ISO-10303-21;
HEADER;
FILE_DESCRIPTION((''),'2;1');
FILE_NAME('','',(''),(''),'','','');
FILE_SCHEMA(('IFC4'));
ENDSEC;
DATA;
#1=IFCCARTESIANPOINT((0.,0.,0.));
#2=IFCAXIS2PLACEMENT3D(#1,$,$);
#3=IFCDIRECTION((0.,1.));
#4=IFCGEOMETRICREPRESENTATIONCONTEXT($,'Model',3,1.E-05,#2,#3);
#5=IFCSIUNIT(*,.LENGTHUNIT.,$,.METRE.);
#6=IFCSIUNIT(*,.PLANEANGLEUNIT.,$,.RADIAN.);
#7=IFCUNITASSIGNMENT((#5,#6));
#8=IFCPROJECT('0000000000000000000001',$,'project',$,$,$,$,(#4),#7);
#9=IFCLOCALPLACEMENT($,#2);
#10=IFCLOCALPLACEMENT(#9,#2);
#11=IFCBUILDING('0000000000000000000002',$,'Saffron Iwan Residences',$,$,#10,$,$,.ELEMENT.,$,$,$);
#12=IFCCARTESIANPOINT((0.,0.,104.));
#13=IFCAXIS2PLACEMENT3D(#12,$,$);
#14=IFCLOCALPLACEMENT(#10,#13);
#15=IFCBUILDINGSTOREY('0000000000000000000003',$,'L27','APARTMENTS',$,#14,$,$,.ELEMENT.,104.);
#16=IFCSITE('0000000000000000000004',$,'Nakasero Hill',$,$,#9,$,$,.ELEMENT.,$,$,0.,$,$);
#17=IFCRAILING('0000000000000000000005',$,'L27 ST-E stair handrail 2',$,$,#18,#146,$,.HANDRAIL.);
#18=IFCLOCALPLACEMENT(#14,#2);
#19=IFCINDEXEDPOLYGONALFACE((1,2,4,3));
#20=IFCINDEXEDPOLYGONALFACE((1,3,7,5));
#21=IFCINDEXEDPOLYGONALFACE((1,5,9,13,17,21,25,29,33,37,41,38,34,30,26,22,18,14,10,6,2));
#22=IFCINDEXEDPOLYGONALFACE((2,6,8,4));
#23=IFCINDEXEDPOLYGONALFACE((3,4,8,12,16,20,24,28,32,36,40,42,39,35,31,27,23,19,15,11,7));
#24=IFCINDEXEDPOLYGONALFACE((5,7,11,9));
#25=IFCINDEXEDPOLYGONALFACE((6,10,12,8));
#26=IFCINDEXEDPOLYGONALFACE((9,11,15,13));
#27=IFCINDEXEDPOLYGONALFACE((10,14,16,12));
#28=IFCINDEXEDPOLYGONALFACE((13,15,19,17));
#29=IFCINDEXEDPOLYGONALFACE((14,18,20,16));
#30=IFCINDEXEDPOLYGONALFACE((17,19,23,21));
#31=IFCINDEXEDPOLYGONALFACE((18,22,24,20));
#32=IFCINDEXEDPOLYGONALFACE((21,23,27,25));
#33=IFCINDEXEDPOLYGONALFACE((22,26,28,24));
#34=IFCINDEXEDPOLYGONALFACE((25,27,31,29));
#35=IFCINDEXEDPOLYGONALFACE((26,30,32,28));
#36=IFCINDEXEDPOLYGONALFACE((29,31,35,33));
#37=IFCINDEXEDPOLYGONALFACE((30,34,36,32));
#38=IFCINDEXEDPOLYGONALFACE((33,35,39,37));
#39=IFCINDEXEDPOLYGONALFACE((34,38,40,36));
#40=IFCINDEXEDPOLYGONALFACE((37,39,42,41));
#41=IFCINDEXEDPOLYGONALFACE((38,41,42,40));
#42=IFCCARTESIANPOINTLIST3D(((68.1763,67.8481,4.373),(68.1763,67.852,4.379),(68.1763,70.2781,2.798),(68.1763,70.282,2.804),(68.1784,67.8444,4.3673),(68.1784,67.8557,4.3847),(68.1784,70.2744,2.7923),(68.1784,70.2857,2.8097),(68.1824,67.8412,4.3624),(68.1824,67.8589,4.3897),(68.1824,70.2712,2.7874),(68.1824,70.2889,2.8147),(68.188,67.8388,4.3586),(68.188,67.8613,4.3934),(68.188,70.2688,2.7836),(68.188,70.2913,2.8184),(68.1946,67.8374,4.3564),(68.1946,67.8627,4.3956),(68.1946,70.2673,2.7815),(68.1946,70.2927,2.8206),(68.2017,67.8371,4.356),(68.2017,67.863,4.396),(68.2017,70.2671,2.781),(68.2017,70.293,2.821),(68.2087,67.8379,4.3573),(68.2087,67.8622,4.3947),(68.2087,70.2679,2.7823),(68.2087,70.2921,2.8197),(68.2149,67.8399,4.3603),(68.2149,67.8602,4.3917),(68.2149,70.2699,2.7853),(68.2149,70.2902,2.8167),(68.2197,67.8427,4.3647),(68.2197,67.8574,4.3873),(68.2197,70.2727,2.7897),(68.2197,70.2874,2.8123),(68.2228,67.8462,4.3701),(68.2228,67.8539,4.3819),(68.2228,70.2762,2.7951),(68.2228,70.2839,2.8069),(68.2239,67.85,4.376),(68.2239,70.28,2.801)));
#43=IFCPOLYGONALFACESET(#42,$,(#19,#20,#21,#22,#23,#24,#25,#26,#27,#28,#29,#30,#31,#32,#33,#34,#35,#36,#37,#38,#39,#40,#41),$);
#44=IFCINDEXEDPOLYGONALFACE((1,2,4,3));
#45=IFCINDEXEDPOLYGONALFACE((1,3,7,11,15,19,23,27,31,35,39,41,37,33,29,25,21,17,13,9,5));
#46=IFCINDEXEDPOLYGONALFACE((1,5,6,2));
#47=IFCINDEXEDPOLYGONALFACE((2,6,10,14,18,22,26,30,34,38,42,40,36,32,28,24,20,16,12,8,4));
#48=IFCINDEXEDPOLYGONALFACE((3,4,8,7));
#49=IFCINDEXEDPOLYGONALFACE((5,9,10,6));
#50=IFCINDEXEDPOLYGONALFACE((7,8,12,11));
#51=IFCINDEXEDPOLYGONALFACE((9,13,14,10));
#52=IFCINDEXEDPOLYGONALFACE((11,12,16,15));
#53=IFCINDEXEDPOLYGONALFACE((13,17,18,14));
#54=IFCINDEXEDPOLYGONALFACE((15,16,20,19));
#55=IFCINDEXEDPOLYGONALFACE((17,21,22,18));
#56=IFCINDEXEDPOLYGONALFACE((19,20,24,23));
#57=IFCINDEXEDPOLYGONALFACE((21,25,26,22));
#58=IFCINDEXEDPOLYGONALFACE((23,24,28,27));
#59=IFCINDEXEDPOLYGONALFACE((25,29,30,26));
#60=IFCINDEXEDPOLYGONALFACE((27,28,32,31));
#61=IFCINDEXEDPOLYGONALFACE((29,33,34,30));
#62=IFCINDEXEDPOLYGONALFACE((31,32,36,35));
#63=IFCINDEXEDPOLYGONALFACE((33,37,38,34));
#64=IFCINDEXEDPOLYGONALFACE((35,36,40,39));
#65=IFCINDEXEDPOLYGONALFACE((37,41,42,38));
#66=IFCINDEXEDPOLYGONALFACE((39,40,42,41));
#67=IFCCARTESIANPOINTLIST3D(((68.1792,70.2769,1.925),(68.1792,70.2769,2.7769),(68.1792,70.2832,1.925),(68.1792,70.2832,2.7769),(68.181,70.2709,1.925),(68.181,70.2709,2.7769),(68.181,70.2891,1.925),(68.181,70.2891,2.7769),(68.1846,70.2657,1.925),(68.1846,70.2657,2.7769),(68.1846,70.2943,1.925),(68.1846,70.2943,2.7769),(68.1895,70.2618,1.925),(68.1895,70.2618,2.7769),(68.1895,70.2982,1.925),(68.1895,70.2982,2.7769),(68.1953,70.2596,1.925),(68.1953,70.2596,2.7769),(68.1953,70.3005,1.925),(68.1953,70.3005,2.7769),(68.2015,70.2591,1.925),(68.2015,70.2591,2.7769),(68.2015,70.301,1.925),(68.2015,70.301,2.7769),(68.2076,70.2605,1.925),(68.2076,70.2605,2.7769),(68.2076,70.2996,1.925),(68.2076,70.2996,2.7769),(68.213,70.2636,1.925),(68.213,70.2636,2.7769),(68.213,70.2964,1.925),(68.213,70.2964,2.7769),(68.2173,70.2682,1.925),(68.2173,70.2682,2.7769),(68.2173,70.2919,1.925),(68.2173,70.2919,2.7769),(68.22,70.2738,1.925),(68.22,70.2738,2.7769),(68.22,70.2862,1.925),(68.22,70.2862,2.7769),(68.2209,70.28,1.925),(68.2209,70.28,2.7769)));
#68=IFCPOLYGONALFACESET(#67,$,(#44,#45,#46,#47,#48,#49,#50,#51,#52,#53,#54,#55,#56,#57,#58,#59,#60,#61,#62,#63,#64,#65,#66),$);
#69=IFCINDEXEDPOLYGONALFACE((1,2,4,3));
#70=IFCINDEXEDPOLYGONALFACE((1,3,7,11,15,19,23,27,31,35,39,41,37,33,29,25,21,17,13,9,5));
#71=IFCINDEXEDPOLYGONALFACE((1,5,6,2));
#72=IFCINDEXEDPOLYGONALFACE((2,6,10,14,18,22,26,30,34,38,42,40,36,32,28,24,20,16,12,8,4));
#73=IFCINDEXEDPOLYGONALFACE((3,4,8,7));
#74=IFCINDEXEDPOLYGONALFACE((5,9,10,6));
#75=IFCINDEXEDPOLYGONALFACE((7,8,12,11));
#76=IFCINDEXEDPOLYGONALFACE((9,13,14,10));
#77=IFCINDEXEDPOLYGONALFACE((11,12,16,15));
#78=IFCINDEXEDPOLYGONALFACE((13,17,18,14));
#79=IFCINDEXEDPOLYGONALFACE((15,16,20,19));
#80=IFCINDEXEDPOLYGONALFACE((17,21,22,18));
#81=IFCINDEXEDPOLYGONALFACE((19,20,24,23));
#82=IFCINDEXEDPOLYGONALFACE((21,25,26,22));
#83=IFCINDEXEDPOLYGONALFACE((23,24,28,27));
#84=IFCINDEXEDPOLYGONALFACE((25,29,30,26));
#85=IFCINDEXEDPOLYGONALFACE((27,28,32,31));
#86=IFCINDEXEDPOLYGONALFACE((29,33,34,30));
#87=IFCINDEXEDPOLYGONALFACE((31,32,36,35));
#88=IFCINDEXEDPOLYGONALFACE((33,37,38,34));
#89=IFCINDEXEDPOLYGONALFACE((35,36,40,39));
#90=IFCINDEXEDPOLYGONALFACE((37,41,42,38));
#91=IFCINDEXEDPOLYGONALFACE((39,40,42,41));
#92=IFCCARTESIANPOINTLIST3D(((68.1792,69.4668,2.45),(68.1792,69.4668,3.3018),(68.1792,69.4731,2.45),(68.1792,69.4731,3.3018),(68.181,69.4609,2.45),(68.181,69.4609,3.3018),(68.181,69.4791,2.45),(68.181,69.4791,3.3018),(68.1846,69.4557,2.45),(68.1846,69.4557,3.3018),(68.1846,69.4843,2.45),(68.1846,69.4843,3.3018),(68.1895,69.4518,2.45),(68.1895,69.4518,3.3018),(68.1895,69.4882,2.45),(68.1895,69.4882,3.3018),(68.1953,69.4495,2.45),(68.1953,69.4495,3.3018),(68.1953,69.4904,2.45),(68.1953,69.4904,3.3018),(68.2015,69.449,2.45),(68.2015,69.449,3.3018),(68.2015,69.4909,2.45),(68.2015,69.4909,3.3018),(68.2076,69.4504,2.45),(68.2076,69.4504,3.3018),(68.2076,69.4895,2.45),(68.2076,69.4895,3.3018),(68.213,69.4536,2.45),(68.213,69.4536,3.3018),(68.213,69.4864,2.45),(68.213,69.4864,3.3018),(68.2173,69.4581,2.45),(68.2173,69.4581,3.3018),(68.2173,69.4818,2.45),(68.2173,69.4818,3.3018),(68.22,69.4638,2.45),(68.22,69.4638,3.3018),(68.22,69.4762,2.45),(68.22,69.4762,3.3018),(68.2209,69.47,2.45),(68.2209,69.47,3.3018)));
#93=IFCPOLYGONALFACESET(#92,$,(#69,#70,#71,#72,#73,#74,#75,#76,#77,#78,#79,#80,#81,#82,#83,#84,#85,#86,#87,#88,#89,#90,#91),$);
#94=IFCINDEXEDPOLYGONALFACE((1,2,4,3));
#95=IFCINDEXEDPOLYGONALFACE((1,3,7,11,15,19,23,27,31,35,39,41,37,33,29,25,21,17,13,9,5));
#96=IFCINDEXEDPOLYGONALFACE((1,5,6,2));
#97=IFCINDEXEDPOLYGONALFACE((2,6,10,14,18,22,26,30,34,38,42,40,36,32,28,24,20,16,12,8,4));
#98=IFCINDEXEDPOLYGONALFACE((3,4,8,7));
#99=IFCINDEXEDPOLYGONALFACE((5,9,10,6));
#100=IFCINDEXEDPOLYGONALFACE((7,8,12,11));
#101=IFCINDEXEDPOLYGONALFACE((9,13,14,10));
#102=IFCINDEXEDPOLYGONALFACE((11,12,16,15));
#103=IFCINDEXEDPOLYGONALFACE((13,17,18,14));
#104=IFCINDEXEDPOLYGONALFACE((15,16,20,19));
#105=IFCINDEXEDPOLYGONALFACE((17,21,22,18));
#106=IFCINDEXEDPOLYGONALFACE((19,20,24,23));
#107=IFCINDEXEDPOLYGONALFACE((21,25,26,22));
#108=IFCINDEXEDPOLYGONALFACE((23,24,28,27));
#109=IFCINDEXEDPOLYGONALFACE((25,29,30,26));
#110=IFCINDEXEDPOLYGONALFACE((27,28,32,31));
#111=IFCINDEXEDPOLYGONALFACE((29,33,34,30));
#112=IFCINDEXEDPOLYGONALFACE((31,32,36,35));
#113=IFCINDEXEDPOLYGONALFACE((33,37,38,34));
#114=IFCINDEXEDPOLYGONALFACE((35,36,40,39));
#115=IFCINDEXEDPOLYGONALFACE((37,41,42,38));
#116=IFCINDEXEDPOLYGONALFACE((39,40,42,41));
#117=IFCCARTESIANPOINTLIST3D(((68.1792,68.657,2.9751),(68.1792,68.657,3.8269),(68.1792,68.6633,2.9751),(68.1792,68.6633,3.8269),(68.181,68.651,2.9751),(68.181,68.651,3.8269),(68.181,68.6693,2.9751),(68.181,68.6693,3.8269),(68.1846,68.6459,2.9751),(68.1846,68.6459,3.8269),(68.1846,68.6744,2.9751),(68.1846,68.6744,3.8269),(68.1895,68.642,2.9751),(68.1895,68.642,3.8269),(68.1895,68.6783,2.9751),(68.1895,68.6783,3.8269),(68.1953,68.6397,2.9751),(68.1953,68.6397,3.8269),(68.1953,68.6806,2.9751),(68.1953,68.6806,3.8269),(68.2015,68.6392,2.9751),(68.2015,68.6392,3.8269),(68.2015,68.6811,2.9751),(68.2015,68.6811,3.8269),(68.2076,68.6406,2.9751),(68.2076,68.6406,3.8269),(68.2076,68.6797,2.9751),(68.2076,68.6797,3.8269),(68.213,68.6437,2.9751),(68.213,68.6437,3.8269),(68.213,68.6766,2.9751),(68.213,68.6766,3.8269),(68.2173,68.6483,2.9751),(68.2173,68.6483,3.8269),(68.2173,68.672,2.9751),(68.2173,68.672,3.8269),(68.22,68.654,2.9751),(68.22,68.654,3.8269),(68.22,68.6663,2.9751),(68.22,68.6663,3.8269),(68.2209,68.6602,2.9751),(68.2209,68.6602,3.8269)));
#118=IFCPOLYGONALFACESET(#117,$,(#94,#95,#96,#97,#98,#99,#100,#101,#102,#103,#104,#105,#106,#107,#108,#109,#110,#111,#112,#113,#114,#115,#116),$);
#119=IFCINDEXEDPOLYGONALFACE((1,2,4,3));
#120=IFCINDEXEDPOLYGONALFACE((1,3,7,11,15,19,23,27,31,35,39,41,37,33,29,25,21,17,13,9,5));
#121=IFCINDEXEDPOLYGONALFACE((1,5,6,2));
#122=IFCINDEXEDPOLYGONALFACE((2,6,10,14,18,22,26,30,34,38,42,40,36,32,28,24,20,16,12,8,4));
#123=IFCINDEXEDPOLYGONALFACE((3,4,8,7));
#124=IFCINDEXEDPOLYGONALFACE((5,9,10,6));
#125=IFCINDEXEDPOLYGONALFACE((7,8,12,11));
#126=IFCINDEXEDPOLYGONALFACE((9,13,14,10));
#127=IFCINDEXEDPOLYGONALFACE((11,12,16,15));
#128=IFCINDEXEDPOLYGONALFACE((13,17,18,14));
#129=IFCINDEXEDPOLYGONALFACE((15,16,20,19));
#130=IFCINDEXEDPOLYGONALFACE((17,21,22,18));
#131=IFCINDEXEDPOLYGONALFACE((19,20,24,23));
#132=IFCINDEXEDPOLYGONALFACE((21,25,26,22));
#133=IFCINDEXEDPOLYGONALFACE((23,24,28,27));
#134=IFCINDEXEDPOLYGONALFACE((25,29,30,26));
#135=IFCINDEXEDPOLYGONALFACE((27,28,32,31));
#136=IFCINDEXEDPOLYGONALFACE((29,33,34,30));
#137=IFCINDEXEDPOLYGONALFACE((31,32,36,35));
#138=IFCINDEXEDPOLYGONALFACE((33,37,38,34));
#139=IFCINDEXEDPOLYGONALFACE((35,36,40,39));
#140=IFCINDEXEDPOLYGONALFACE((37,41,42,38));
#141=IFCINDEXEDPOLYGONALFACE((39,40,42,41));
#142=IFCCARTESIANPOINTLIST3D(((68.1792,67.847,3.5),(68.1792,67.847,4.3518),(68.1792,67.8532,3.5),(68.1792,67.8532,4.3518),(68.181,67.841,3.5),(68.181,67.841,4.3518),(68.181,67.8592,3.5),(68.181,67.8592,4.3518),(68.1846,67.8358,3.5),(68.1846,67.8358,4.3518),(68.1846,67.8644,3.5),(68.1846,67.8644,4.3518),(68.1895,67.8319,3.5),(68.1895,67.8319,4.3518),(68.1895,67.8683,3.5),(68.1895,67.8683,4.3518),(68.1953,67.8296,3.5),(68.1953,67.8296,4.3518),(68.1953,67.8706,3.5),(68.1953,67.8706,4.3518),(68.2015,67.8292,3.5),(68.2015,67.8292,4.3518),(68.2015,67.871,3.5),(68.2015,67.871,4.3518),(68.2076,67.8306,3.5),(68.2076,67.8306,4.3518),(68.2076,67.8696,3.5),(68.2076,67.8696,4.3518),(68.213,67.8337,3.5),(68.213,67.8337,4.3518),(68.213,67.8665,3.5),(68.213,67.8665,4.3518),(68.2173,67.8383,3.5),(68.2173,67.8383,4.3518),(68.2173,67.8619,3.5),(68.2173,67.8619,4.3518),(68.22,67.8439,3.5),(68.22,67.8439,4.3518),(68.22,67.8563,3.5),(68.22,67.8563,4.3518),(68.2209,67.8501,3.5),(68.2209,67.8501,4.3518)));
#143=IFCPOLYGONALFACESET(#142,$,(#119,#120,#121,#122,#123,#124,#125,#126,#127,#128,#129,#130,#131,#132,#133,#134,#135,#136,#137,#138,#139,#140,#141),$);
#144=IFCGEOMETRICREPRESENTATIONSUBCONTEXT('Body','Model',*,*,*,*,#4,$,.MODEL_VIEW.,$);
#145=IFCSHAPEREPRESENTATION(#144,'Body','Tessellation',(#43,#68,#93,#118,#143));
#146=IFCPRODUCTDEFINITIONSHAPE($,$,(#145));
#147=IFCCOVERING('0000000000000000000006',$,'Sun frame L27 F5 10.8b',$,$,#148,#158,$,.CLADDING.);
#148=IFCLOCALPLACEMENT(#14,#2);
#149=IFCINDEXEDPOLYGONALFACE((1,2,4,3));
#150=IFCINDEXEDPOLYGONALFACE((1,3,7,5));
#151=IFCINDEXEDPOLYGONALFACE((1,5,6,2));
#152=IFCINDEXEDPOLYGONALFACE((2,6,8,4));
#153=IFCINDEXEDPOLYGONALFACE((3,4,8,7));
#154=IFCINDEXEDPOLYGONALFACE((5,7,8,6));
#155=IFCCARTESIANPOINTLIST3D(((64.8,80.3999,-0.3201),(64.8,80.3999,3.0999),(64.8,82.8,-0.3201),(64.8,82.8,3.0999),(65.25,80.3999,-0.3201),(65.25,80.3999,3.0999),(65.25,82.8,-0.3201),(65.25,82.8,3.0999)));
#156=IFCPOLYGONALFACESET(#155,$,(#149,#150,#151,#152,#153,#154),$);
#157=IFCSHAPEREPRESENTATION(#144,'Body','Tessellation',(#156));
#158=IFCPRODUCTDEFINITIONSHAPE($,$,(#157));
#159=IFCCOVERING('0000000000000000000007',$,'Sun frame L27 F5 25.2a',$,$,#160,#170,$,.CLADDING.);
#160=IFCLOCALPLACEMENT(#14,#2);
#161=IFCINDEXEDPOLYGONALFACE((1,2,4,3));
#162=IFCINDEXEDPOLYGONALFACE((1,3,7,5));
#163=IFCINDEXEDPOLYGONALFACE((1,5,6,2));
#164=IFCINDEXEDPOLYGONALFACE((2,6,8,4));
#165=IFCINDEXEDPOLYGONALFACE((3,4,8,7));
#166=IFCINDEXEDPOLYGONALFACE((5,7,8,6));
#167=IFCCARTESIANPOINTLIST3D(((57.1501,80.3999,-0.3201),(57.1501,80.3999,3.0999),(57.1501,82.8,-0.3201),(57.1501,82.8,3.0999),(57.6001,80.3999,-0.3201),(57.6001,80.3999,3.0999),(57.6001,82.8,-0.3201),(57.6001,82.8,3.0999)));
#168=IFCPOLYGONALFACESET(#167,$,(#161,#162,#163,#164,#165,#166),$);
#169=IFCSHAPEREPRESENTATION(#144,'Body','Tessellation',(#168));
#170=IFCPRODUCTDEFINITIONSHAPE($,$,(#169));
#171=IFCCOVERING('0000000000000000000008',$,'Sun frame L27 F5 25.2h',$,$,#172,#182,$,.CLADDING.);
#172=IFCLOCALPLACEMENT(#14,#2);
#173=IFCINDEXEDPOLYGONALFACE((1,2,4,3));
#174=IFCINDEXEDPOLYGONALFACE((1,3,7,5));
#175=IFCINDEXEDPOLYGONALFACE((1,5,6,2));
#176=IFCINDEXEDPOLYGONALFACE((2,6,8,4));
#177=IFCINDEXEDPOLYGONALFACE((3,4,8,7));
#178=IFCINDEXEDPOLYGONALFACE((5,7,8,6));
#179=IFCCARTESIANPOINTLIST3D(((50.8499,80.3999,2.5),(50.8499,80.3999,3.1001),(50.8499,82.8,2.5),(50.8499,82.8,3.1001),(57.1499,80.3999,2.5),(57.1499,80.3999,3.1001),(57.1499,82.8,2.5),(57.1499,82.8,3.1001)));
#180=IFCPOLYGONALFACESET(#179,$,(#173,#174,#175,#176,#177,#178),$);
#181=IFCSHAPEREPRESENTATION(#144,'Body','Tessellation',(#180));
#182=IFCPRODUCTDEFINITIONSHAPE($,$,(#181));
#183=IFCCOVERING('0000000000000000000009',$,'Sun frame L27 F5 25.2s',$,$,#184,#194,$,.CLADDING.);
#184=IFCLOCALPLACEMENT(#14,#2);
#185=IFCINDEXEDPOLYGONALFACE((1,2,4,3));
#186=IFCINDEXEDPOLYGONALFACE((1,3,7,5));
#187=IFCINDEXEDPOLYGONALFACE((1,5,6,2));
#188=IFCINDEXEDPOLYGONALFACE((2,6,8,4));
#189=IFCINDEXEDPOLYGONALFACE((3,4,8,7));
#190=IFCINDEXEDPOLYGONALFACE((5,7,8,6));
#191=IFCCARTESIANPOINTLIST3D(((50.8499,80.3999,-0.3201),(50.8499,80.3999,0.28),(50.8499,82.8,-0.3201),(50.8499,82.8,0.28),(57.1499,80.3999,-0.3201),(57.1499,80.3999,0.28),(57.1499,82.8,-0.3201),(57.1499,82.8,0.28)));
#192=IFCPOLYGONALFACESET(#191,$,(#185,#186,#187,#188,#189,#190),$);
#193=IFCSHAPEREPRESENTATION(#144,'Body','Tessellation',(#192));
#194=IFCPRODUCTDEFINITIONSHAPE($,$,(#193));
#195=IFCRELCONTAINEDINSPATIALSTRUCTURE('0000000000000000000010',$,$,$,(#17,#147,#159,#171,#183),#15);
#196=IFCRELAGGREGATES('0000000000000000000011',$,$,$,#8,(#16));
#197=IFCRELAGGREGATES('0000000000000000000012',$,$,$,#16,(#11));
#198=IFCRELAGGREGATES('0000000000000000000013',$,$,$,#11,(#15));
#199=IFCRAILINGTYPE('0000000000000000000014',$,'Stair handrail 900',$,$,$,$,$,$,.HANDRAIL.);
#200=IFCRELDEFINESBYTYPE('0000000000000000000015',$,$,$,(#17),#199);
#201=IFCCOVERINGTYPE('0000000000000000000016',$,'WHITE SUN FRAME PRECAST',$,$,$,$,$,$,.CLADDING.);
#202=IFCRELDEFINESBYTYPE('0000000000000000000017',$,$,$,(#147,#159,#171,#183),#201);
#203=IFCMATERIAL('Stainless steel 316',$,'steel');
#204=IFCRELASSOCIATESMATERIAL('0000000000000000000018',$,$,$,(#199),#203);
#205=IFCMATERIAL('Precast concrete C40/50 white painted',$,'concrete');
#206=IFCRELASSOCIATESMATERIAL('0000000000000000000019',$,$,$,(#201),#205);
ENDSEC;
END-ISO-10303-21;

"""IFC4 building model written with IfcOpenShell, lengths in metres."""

from ifc_helpers import new_model, si_unit, direction, frame, origin, origin_2d, place, context, subcontext, project, spatial, polyline, circle, outline, extrude, material, type_object, element, save


model = new_model("IFC4")

# Units and contexts
model_context = context("Model", 3, precision=1e-05, world=origin(), true_north=direction((0.0, 1.0)))
body_context = subcontext(model_context, "Body", "Model", "MODEL_VIEW")
ifc_project = project(units=[si_unit("LENGTHUNIT", "METRE"), si_unit("PLANEANGLEUNIT", "RADIAN")], contexts=[model_context])

# Site, building, storey
site_placement = place(None, origin())
site = spatial("IfcSite", under=ifc_project, at=site_placement, Name="Nakasero Hill", CompositionType="ELEMENT", RefElevation=0.0)
building_placement = place(site_placement, origin())
building = spatial("IfcBuilding", under=site, at=building_placement, Name="Saffron Iwan Residences", CompositionType="ELEMENT")
storey_placement = place(building_placement, frame((0.0, 0.0, 104.0)))
storey = spatial("IfcBuildingStorey", under=building, at=storey_placement, Name="L27", Description="APARTMENTS", CompositionType="ELEMENT", Elevation=104.0)

# Railing
ifc_material_1 = material(Name="Stainless steel 316", Category="steel")
railing_type_1 = type_object("IfcRailingType", Name="Stair handrail 900", PredefinedType="HANDRAIL", material=ifc_material_1)
railing_1_placement = place(storey_placement, frame((68.2, 70.28, 1.925)))
element("IfcRailing", 1, at=railing_1_placement, inside=storey, type_object=railing_type_1, Name="L27 ST-E stair handrail 2", PredefinedType="HANDRAIL", context=body_context, shape_type="SweptSolid", body=[
    extrude(circle(Radius=0.0239, at=origin_2d()), frame((0.0, 0.0, 0.876), z_axis=(0.0, -0.839154, 0.543894), x_axis=(1.0, 0.0, 0.0)), (0.0, 0.0, 1.0), 2.8958),
    extrude(circle(Radius=0.021, at=origin_2d()), origin(), (0.0, 0.0, 1.0), 0.8518),
    extrude(circle(Radius=0.021, at=origin_2d()), frame((0.0, -0.8101, 0.5249)), (0.0, 0.0, 1.0), 0.8518),
    extrude(circle(Radius=0.021, at=origin_2d()), frame((0.0, -1.6199, 1.05)), (0.0, 0.0, 1.0), 0.8518),
    extrude(circle(Radius=0.021, at=origin_2d()), frame((0.0, -2.4299, 1.575)), (0.0, 0.0, 1.0), 0.8518),
])

# Coverings
ifc_material_2 = material(Name="Precast concrete C40/50 white painted", Category="concrete")
covering_type_1 = type_object("IfcCoveringType", Name="WHITE SUN FRAME PRECAST", PredefinedType="CLADDING", material=ifc_material_2)
for number, where, z_axis, x_axis, name in (
    (2, (65.25, 80.3999, -0.3201), (0.0, 1.0, 0.0), (-1.0, 0.0, 0.0), "Sun frame L27 F5 10.8b"),
    (3, (57.6001, 80.3999, -0.3201), (0.0, 1.0, 0.0), (-1.0, 0.0, 0.0), "Sun frame L27 F5 25.2a"),
):
    element("IfcCovering", number, at=place(storey_placement, frame(where, z_axis=z_axis, x_axis=x_axis)), inside=storey, type_object=covering_type_1, Name=name, PredefinedType="CLADDING", context=body_context, shape_type="SweptSolid", body=[
        extrude(outline(polyline([(0.0, 0.0), (0.45, 0.0), (0.45, 3.4199), (0.0, 3.4199), (0.0, 0.0)])), origin(), (0.0, 0.0, 1.0), 2.4001),
    ])
for number, where, z_axis, x_axis, name in (
    (4, (57.1499, 80.3999, 2.5), (0.0, 1.0, 0.0), (-1.0, 0.0, 0.0), "Sun frame L27 F5 25.2h"),
    (5, (57.1499, 80.3999, -0.3201), (0.0, 1.0, 0.0), (-1.0, 0.0, 0.0), "Sun frame L27 F5 25.2s"),
):
    element("IfcCovering", number, at=place(storey_placement, frame(where, z_axis=z_axis, x_axis=x_axis)), inside=storey, type_object=covering_type_1, Name=name, PredefinedType="CLADDING", context=body_context, shape_type="SweptSolid", body=[
        extrude(outline(polyline([(0.0, 0.0), (6.3, 0.0), (6.3, 0.6001), (0.0, 0.6001), (0.0, 0.0)])), origin(), (0.0, 0.0, 1.0), 2.4001),
    ])

save(model, "model.ifc")
